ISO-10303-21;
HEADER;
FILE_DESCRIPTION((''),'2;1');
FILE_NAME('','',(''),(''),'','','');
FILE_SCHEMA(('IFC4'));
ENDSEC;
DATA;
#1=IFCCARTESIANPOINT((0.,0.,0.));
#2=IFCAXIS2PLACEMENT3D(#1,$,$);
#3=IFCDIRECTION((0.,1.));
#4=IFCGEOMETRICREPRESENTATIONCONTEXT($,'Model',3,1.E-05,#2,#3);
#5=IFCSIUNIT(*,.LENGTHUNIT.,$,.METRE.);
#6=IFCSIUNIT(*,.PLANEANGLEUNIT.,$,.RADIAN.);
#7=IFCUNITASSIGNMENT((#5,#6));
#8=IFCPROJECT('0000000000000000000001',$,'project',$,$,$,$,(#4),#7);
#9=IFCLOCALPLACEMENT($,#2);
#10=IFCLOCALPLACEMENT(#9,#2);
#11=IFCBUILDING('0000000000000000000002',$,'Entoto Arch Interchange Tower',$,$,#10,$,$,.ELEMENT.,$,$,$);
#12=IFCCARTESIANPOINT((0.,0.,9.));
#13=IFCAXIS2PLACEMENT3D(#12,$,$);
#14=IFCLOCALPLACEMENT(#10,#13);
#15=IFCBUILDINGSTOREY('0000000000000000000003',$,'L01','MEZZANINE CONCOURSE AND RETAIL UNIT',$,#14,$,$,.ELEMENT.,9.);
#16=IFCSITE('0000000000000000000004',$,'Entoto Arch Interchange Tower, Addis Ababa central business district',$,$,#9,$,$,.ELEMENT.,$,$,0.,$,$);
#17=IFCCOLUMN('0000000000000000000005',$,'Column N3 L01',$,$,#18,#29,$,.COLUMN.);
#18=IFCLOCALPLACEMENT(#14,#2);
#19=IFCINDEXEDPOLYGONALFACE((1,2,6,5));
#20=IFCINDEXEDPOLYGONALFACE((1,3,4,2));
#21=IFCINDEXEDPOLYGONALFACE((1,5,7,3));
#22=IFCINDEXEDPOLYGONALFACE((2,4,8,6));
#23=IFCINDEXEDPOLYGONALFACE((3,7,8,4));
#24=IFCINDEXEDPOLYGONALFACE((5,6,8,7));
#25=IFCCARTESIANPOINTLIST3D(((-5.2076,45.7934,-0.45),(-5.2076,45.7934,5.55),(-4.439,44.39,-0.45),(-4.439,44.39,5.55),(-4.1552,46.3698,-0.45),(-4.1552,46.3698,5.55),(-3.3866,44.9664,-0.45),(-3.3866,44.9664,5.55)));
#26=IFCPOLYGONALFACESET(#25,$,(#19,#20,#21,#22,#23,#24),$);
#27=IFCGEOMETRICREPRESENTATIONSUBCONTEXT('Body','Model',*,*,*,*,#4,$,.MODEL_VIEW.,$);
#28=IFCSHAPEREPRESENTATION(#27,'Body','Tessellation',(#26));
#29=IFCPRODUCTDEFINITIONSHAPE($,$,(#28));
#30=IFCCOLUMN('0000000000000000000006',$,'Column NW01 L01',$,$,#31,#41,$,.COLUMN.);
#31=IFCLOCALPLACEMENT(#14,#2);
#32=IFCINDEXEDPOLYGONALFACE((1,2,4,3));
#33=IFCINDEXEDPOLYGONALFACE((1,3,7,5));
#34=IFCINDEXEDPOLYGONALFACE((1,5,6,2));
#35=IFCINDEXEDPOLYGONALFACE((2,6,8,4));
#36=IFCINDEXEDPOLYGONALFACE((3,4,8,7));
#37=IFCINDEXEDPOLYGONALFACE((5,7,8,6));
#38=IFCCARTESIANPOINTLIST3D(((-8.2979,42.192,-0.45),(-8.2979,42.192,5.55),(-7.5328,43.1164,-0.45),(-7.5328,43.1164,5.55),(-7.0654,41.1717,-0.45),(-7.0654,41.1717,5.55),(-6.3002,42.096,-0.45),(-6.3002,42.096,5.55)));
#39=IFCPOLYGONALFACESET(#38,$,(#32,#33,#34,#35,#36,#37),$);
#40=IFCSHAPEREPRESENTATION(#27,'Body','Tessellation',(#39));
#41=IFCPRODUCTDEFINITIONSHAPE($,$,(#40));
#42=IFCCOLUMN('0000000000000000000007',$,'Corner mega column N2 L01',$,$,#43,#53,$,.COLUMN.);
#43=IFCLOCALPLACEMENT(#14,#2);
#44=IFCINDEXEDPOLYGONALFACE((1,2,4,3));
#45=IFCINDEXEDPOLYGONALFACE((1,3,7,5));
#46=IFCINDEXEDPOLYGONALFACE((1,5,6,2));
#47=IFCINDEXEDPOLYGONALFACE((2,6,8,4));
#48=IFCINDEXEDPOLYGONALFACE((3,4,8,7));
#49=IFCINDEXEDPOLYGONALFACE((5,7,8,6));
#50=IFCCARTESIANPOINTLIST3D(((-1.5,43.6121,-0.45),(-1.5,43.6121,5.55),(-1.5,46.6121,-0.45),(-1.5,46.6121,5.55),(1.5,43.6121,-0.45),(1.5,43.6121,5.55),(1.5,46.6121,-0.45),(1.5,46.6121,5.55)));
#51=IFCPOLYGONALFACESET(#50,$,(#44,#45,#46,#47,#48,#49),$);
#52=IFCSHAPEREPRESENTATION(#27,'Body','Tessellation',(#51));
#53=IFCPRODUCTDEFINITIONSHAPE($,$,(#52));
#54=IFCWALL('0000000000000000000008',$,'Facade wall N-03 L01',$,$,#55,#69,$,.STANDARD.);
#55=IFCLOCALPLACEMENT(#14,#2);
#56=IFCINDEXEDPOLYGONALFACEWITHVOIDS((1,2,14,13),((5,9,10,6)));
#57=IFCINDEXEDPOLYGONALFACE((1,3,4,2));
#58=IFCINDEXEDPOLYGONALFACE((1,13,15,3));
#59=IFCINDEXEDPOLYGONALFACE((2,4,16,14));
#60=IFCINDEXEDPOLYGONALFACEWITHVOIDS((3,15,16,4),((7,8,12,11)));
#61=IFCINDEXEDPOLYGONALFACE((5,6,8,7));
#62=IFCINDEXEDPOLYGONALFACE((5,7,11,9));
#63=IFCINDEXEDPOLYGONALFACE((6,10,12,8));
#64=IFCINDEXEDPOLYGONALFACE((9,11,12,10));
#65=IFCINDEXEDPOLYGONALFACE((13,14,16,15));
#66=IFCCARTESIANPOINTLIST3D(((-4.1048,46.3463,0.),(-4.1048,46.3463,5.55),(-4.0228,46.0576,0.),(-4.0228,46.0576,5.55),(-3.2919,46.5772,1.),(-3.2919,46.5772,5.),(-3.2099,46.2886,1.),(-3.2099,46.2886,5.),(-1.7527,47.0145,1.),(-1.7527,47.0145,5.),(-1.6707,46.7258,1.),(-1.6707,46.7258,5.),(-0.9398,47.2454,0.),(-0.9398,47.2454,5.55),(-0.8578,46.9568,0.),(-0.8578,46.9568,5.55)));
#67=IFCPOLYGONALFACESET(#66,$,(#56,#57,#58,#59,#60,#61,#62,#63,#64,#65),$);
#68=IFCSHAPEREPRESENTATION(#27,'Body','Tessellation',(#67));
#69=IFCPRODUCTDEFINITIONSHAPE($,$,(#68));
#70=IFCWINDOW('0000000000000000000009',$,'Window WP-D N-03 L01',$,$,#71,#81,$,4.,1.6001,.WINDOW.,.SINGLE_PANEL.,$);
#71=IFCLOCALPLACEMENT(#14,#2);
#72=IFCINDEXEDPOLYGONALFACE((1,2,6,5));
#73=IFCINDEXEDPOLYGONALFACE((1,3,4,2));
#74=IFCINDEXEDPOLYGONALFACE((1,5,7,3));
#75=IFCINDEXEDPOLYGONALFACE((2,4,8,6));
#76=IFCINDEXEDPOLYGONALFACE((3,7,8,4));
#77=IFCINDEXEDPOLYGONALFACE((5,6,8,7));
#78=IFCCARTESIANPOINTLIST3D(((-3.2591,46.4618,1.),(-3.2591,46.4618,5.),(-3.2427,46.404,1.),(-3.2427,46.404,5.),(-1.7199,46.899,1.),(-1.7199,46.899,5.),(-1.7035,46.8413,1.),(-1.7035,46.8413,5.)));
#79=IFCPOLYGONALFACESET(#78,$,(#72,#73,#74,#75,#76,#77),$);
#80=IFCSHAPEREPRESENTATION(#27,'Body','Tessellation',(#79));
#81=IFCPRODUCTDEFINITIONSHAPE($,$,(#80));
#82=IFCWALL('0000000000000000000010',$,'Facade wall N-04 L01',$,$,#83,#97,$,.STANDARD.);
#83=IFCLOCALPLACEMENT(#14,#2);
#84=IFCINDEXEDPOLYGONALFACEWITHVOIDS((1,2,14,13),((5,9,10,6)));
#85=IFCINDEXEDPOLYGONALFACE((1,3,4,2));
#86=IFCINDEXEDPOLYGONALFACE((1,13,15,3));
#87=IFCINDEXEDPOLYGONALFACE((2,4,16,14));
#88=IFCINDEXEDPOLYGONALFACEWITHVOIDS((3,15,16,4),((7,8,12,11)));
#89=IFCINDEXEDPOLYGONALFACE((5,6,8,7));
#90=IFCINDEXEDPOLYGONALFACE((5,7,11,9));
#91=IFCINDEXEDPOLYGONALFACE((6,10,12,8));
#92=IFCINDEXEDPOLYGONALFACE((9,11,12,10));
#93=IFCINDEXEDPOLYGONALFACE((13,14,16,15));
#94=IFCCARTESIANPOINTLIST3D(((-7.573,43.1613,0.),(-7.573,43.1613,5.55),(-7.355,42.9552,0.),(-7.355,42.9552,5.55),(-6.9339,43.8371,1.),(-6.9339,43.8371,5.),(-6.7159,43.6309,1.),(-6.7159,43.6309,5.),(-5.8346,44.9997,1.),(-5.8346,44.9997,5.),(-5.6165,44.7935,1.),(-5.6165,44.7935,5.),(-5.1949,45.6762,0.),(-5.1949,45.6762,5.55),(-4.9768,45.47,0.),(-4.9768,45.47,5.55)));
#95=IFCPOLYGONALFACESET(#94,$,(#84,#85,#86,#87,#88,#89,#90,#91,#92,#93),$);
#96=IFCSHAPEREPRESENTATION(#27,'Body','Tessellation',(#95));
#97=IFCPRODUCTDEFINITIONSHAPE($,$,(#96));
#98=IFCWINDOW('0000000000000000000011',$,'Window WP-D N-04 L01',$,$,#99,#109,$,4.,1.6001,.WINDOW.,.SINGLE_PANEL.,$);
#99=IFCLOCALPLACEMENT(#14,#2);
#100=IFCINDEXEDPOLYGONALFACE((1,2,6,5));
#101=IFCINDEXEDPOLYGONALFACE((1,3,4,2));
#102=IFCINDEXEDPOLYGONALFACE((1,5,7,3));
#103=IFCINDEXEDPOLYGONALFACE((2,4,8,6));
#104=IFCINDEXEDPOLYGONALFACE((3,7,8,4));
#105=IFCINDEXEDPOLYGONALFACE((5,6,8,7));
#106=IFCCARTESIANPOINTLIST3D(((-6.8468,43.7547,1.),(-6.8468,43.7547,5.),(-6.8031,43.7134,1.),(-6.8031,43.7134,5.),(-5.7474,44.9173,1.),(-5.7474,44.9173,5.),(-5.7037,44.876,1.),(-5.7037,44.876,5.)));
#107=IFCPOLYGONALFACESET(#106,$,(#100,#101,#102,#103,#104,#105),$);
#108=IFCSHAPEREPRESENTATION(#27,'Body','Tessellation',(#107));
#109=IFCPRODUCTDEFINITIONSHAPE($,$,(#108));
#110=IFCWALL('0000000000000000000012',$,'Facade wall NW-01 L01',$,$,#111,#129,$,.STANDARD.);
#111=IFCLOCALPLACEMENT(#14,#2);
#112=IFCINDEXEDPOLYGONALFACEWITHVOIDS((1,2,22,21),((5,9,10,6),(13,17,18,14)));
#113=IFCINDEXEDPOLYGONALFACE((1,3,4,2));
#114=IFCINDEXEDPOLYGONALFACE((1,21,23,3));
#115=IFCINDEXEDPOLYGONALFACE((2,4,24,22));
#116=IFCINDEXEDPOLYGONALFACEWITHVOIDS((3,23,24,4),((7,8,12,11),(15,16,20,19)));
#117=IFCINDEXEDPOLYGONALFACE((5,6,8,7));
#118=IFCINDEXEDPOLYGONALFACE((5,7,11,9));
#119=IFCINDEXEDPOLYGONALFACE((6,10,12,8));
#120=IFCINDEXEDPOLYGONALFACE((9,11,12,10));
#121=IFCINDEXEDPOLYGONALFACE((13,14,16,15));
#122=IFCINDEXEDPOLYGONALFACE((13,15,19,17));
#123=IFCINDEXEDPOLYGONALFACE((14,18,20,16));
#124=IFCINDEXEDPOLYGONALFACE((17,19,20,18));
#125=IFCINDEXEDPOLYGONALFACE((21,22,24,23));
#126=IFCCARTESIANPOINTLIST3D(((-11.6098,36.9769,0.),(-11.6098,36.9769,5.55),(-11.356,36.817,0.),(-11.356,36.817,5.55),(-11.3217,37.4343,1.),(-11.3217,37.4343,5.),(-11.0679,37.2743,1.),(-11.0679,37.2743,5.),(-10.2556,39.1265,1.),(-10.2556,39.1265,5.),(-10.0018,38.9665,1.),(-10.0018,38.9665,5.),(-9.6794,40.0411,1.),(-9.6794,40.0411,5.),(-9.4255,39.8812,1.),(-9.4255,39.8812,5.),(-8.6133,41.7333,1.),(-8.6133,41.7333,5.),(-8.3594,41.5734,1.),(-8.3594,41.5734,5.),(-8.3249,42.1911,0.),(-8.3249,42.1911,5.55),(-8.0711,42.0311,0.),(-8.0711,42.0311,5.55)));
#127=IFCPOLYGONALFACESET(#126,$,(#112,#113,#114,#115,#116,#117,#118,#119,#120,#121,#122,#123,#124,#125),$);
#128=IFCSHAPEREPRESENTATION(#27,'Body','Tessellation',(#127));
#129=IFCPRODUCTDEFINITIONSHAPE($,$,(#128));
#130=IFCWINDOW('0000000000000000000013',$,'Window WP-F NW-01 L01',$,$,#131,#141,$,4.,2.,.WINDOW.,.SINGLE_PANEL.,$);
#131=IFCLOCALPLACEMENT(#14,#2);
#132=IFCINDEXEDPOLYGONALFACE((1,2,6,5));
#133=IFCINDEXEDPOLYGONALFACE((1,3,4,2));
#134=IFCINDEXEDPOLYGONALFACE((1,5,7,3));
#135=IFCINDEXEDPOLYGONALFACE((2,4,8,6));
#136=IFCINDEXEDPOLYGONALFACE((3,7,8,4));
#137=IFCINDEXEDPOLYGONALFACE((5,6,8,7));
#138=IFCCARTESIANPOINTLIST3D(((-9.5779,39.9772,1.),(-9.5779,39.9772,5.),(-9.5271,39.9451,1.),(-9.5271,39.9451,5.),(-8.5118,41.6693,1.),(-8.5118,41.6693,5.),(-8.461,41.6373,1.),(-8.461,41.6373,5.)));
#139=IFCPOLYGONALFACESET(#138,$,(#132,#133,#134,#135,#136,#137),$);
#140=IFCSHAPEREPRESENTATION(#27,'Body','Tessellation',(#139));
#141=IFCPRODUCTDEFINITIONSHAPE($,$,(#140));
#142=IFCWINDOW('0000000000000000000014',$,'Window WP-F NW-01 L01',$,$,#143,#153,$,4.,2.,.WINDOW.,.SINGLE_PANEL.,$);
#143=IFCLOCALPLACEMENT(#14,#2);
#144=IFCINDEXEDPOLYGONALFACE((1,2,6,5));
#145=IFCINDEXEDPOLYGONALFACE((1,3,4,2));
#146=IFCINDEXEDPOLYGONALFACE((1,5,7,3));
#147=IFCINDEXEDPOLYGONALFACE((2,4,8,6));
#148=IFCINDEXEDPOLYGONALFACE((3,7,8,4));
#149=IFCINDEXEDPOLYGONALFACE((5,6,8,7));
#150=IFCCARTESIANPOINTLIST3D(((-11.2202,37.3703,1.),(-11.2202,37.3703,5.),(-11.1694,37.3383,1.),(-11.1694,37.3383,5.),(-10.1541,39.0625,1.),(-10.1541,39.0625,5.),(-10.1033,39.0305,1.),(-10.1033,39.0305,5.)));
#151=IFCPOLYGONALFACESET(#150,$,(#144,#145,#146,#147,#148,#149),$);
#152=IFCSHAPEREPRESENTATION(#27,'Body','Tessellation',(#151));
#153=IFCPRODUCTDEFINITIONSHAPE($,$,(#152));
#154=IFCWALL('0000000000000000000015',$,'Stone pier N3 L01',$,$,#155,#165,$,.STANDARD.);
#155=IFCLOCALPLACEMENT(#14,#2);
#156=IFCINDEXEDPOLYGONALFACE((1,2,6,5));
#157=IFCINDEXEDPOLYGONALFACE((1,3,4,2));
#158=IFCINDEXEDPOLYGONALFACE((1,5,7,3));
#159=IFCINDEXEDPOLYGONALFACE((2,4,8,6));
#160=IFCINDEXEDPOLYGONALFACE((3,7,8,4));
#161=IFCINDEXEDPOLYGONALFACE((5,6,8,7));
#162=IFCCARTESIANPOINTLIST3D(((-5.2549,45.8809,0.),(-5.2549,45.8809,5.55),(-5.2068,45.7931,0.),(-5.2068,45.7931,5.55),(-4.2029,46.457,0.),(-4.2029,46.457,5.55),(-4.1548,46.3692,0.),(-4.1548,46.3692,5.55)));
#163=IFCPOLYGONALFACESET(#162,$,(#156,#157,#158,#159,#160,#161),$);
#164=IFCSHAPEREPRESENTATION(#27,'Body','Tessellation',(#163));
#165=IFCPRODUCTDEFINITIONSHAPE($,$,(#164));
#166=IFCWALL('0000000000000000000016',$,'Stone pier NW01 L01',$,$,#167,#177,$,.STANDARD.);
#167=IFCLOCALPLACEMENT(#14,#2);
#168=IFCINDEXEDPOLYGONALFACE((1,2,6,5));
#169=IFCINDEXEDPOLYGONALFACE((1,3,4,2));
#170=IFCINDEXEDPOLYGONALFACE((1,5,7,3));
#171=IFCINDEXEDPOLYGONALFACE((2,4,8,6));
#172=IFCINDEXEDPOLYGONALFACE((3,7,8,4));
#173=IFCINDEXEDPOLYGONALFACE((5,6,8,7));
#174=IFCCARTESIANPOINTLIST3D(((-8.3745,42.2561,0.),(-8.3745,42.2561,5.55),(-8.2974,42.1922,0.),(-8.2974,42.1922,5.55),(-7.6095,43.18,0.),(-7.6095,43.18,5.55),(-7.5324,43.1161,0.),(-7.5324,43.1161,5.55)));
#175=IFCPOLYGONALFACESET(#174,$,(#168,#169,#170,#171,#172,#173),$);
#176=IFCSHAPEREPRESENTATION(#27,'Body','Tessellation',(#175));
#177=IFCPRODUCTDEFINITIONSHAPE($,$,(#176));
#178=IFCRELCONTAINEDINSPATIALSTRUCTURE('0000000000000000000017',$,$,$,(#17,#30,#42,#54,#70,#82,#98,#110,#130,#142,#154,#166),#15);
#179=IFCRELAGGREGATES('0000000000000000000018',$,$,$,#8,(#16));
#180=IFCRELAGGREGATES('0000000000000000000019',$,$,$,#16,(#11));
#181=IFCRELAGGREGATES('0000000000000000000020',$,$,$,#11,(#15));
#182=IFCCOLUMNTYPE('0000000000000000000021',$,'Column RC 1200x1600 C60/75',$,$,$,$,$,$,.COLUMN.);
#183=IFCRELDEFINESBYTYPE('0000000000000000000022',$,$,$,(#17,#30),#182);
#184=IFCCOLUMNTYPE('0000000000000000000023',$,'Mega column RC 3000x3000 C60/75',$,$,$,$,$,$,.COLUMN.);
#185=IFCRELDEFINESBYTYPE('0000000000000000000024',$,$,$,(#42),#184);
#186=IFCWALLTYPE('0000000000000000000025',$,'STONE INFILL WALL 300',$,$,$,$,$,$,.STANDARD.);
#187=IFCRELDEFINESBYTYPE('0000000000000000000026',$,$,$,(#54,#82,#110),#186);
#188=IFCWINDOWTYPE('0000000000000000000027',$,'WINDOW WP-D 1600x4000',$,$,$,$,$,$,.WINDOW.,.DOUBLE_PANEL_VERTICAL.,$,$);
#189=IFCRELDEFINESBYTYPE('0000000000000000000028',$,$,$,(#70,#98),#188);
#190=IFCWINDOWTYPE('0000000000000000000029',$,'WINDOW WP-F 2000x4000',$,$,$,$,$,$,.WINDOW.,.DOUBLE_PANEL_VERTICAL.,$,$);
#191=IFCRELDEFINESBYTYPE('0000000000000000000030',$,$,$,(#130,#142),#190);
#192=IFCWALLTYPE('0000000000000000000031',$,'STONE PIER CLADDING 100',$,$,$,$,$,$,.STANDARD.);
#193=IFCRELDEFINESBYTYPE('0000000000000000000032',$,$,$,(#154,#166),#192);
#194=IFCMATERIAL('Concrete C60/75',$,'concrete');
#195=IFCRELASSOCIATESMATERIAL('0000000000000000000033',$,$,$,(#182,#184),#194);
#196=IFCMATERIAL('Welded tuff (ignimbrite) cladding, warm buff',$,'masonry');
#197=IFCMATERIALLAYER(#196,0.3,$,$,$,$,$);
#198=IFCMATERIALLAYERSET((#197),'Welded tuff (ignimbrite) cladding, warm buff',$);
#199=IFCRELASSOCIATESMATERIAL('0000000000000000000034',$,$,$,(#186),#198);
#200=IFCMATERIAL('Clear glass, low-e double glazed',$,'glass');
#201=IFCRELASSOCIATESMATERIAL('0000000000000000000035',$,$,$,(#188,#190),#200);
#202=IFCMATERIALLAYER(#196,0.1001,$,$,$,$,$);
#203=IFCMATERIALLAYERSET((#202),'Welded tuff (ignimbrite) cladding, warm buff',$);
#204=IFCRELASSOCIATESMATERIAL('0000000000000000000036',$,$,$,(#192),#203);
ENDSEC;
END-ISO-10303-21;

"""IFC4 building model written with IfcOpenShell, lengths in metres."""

from ifc_helpers import new_model, si_unit, direction, frame, frame_2d, origin, origin_2d, place, context, subcontext, project, spatial, rectangle, extrude, material, layer, layer_set, material_profile, profile_set, type_object, element, fill, save


model = new_model("IFC4")

# Units and contexts
model_context = context("Model", 3, precision=1e-05, world=origin(), true_north=direction((0.0, 1.0)))
body_context = subcontext(model_context, "Body", "Model", "MODEL_VIEW")
ifc_project = project(units=[si_unit("LENGTHUNIT", "METRE"), si_unit("PLANEANGLEUNIT", "RADIAN")], contexts=[model_context])

# Site, building, storey
site_placement = place(None, origin())
site = spatial("IfcSite", under=ifc_project, at=site_placement, Name="Entoto Arch Interchange Tower, Addis Ababa central business district", CompositionType="ELEMENT", RefElevation=0.0)
building_placement = place(site_placement, origin())
building = spatial("IfcBuilding", under=site, at=building_placement, Name="Entoto Arch Interchange Tower", CompositionType="ELEMENT")
storey_placement = place(building_placement, frame((0.0, 0.0, 9.0)))
storey = spatial("IfcBuildingStorey", under=building, at=storey_placement, Name="L01", Description="MEZZANINE CONCOURSE AND RETAIL UNIT", CompositionType="ELEMENT", Elevation=9.0)

# Columns
ifc_material_1 = material(Name="Concrete C60/75", Category="concrete")
ifc_material_profile_1 = material_profile(ifc_material_1, rectangle(XDim=1.2, YDim=1.6001, at=origin_2d()))
ifc_profile_set_1 = profile_set([ifc_material_profile_1], Name="Concrete C60/75")
column_type_1 = type_object("IfcColumnType", Name="Column RC 1200x1600 C60/75", PredefinedType="COLUMN", material=ifc_profile_set_1)
for number, where, z_axis, x_axis, name in (
    (1, (-4.2971, 45.3799, -0.45), (0.0, 0.0, 1.0), (0.877079, 0.480346, 0.0), "Column N3 L01"),
    (2, (-7.2991, 42.144, -0.45), (0.0, 0.0, 1.0), (0.637666, 0.770313, 0.0), "Column NW01 L01"),
):
    element("IfcColumn", number, at=place(storey_placement, frame(where, z_axis=z_axis, x_axis=x_axis)), inside=storey, type_object=column_type_1, Name=name, PredefinedType="COLUMN", context=body_context, shape_type="SweptSolid", body=[
        extrude(rectangle(XDim=1.2, YDim=1.6001, at=origin_2d()), origin(), (0.0, 0.0, 1.0), 6.0),
    ])
ifc_material_profile_2 = material_profile(ifc_material_1, rectangle(XDim=3.0, YDim=3.0, at=origin_2d()))
ifc_profile_set_2 = profile_set([ifc_material_profile_2], Name="Concrete C60/75")
column_type_2 = type_object("IfcColumnType", Name="Mega column RC 3000x3000 C60/75", PredefinedType="COLUMN", material=ifc_profile_set_2)
column_placement = place(storey_placement, frame((0.0, 45.1121, -0.45), z_axis=(0.0, 0.0, 1.0), x_axis=(0.0, 1.0, 0.0)))
element("IfcColumn", 3, at=column_placement, inside=storey, type_object=column_type_2, Name="Corner mega column N2 L01", PredefinedType="COLUMN", context=body_context, shape_type="SweptSolid", body=[
    extrude(rectangle(XDim=3.0, YDim=3.0, at=origin_2d()), origin(), (0.0, 0.0, 1.0), 6.0),
])

# Walls, openings, windows
ifc_material_2 = material(Name="Welded tuff (ignimbrite) cladding, warm buff", Category="masonry")
ifc_layer_1 = layer(ifc_material_2, 0.3)
ifc_layer_set_1 = layer_set([ifc_layer_1], Name="Welded tuff (ignimbrite) cladding, warm buff")
wall_type_1 = type_object("IfcWallType", Name="STONE INFILL WALL 300", PredefinedType="STANDARD", material=ifc_layer_set_1)
wall_1_placement = place(storey_placement, frame((-0.8989, 47.1011, 0.0), z_axis=(0.0, 0.0, 1.0), x_axis=(-0.961934, -0.27328, 0.0)))
wall_1 = element("IfcWall", 4, at=wall_1_placement, inside=storey, type_object=wall_type_1, Name="Facade wall N-03 L01", PredefinedType="STANDARD", context=body_context, shape_type="SweptSolid", body=[
    extrude(rectangle(XDim=3.2903, YDim=0.3, at=frame_2d((1.645, 0.0))), origin(), (0.0, 0.0, 1.0), 5.55),
])
opening_1_placement = place(wall_1_placement, frame((0.845, 0.0, 1.0)))
opening_1 = element("IfcOpeningElement", 5, at=opening_1_placement, cuts=wall_1, PredefinedType="OPENING", context=body_context, shape_type="SweptSolid", body=[
    extrude(rectangle(XDim=1.6001, YDim=4.0, at=frame_2d((0.8, 2.0))), frame((0.0, 0.1602, 0.0), z_axis=(0.0, -1.0, 0.0), x_axis=(1.0, 0.0, 0.0)), (0.0, 0.0, 1.0), 0.3201),
])
ifc_material_3 = material(Name="Clear glass, low-e double glazed", Category="glass")
window_type_1 = type_object("IfcWindowType", Name="WINDOW WP-D 1600x4000", PartitioningType="DOUBLE_PANEL_VERTICAL", PredefinedType="WINDOW", material=ifc_material_3)
window_1_placement = place(opening_1_placement, origin())
window_1 = element("IfcWindow", 6, at=window_1_placement, inside=storey, type_object=window_type_1, Name="Window WP-D N-03 L01", OverallHeight=4.0, OverallWidth=1.6001, PartitioningType="SINGLE_PANEL", PredefinedType="WINDOW", context=body_context, shape_type="SweptSolid", body=[
    extrude(rectangle(XDim=1.6001, YDim=4.0, at=frame_2d((0.8, 2.0))), frame((0.0, 0.03, 0.0), z_axis=(0.0, -1.0, 0.0), x_axis=(1.0, 0.0, 0.0)), (0.0, 0.0, 1.0), 0.0601),
])
fill(opening_1, window_1)
wall_2_placement = place(storey_placement, frame((-5.0859, 45.573, 0.0), z_axis=(0.0, 0.0, 1.0), x_axis=(-0.687081, -0.726581, 0.0)))
wall_2 = element("IfcWall", 7, at=wall_2_placement, inside=storey, type_object=wall_type_1, Name="Facade wall N-04 L01", PredefinedType="STANDARD", context=body_context, shape_type="SweptSolid", body=[
    extrude(rectangle(XDim=3.4612, YDim=0.3, at=frame_2d((1.7305, 0.0))), origin(), (0.0, 0.0, 1.0), 5.55),
])
opening_2_placement = place(wall_2_placement, frame((0.9309, 0.0, 1.0)))
opening_2 = element("IfcOpeningElement", 8, at=opening_2_placement, cuts=wall_2, PredefinedType="OPENING", context=body_context, shape_type="SweptSolid", body=[
    extrude(rectangle(XDim=1.6001, YDim=4.0, at=frame_2d((0.8, 2.0))), frame((0.0, 0.1602, 0.0), z_axis=(0.0, -1.0, 0.0), x_axis=(1.0, 0.0, 0.0)), (0.0, 0.0, 1.0), 0.3201),
])
window_2_placement = place(opening_2_placement, origin())
window_2 = element("IfcWindow", 9, at=window_2_placement, inside=storey, type_object=window_type_1, Name="Window WP-D N-04 L01", OverallHeight=4.0, OverallWidth=1.6001, PartitioningType="SINGLE_PANEL", PredefinedType="WINDOW", context=body_context, shape_type="SweptSolid", body=[
    extrude(rectangle(XDim=1.6001, YDim=4.0, at=frame_2d((0.8, 2.0))), frame((0.0, 0.03, 0.0), z_axis=(0.0, -1.0, 0.0), x_axis=(1.0, 0.0, 0.0)), (0.0, 0.0, 1.0), 0.0601),
])
fill(opening_2, window_2)

# Wall, openings, windows
wall_3_placement = place(storey_placement, frame((-8.198, 42.1111, 0.0), z_axis=(0.0, 0.0, 1.0), x_axis=(-0.53304, -0.84609, 0.0)))
wall_3 = element("IfcWall", 10, at=wall_3_placement, inside=storey, type_object=wall_type_1, Name="Facade wall NW-01 L01", PredefinedType="STANDARD", context=body_context, shape_type="SweptSolid", body=[
    extrude(rectangle(XDim=6.1626, YDim=0.3, at=frame_2d((3.0813, 0.0))), origin(), (0.0, 0.0, 1.0), 5.55),
])
opening_3_placement = place(wall_3_placement, frame((0.541, 0.0, 1.0)))
opening_3 = element("IfcOpeningElement", 11, at=opening_3_placement, cuts=wall_3, PredefinedType="OPENING", context=body_context, shape_type="SweptSolid", body=[
    extrude(rectangle(XDim=2.0, YDim=4.0, at=frame_2d((1.0, 2.0))), frame((0.0, 0.1602, 0.0), z_axis=(0.0, -1.0, 0.0), x_axis=(1.0, 0.0, 0.0)), (0.0, 0.0, 1.0), 0.3201),
])
opening_4_placement = place(wall_3_placement, frame((3.6221, 0.0, 1.0)))
opening_4 = element("IfcOpeningElement", 12, at=opening_4_placement, cuts=wall_3, PredefinedType="OPENING", context=body_context, shape_type="SweptSolid", body=[
    extrude(rectangle(XDim=2.0, YDim=4.0, at=frame_2d((1.0, 2.0))), frame((0.0, 0.1602, 0.0), z_axis=(0.0, -1.0, 0.0), x_axis=(1.0, 0.0, 0.0)), (0.0, 0.0, 1.0), 0.3201),
])
window_type_2 = type_object("IfcWindowType", Name="WINDOW WP-F 2000x4000", PartitioningType="DOUBLE_PANEL_VERTICAL", PredefinedType="WINDOW", material=ifc_material_3)
window_3_placement = place(opening_3_placement, origin())
window_3 = element("IfcWindow", 13, at=window_3_placement, inside=storey, type_object=window_type_2, Name="Window WP-F NW-01 L01", OverallHeight=4.0, OverallWidth=2.0, PartitioningType="SINGLE_PANEL", PredefinedType="WINDOW", context=body_context, shape_type="SweptSolid", body=[
    extrude(rectangle(XDim=2.0, YDim=4.0, at=frame_2d((1.0, 2.0))), frame((0.0, 0.03, 0.0), z_axis=(0.0, -1.0, 0.0), x_axis=(1.0, 0.0, 0.0)), (0.0, 0.0, 1.0), 0.0601),
])
fill(opening_3, window_3)
window_4_placement = place(opening_4_placement, origin())
window_4 = element("IfcWindow", 14, at=window_4_placement, inside=storey, type_object=window_type_2, Name="Window WP-F NW-01 L01", OverallHeight=4.0, OverallWidth=2.0, PartitioningType="SINGLE_PANEL", PredefinedType="WINDOW", context=body_context, shape_type="SweptSolid", body=[
    extrude(rectangle(XDim=2.0, YDim=4.0, at=frame_2d((1.0, 2.0))), frame((0.0, 0.03, 0.0), z_axis=(0.0, -1.0, 0.0), x_axis=(1.0, 0.0, 0.0)), (0.0, 0.0, 1.0), 0.0601),
])
fill(opening_4, window_4)

# Walls
ifc_layer_2 = layer(ifc_material_2, 0.1001)
ifc_layer_set_2 = layer_set([ifc_layer_2], Name="Welded tuff (ignimbrite) cladding, warm buff")
wall_type_2 = type_object("IfcWallType", Name="STONE PIER CLADDING 100", PredefinedType="STANDARD", material=ifc_layer_set_2)
for number, where, z_axis, x_axis, name in (
    (15, (-4.179, 46.4131, 0.0), (0.0, 0.0, 1.0), (-0.87707, -0.480363, 0.0), "Stone pier N3 L01"),
    (16, (-7.571, 43.1479, 0.0), (0.0, 0.0, 1.0), (-0.637739, -0.770253, 0.0), "Stone pier NW01 L01"),
):
    element("IfcWall", number, at=place(storey_placement, frame(where, z_axis=z_axis, x_axis=x_axis)), inside=storey, type_object=wall_type_2, Name=name, PredefinedType="STANDARD", context=body_context, shape_type="SweptSolid", body=[
        extrude(rectangle(XDim=1.1995, YDim=0.1001, at=frame_2d((0.5996, 0.0))), origin(), (0.0, 0.0, 1.0), 5.55),
    ])

save(model, "model.ifc")
